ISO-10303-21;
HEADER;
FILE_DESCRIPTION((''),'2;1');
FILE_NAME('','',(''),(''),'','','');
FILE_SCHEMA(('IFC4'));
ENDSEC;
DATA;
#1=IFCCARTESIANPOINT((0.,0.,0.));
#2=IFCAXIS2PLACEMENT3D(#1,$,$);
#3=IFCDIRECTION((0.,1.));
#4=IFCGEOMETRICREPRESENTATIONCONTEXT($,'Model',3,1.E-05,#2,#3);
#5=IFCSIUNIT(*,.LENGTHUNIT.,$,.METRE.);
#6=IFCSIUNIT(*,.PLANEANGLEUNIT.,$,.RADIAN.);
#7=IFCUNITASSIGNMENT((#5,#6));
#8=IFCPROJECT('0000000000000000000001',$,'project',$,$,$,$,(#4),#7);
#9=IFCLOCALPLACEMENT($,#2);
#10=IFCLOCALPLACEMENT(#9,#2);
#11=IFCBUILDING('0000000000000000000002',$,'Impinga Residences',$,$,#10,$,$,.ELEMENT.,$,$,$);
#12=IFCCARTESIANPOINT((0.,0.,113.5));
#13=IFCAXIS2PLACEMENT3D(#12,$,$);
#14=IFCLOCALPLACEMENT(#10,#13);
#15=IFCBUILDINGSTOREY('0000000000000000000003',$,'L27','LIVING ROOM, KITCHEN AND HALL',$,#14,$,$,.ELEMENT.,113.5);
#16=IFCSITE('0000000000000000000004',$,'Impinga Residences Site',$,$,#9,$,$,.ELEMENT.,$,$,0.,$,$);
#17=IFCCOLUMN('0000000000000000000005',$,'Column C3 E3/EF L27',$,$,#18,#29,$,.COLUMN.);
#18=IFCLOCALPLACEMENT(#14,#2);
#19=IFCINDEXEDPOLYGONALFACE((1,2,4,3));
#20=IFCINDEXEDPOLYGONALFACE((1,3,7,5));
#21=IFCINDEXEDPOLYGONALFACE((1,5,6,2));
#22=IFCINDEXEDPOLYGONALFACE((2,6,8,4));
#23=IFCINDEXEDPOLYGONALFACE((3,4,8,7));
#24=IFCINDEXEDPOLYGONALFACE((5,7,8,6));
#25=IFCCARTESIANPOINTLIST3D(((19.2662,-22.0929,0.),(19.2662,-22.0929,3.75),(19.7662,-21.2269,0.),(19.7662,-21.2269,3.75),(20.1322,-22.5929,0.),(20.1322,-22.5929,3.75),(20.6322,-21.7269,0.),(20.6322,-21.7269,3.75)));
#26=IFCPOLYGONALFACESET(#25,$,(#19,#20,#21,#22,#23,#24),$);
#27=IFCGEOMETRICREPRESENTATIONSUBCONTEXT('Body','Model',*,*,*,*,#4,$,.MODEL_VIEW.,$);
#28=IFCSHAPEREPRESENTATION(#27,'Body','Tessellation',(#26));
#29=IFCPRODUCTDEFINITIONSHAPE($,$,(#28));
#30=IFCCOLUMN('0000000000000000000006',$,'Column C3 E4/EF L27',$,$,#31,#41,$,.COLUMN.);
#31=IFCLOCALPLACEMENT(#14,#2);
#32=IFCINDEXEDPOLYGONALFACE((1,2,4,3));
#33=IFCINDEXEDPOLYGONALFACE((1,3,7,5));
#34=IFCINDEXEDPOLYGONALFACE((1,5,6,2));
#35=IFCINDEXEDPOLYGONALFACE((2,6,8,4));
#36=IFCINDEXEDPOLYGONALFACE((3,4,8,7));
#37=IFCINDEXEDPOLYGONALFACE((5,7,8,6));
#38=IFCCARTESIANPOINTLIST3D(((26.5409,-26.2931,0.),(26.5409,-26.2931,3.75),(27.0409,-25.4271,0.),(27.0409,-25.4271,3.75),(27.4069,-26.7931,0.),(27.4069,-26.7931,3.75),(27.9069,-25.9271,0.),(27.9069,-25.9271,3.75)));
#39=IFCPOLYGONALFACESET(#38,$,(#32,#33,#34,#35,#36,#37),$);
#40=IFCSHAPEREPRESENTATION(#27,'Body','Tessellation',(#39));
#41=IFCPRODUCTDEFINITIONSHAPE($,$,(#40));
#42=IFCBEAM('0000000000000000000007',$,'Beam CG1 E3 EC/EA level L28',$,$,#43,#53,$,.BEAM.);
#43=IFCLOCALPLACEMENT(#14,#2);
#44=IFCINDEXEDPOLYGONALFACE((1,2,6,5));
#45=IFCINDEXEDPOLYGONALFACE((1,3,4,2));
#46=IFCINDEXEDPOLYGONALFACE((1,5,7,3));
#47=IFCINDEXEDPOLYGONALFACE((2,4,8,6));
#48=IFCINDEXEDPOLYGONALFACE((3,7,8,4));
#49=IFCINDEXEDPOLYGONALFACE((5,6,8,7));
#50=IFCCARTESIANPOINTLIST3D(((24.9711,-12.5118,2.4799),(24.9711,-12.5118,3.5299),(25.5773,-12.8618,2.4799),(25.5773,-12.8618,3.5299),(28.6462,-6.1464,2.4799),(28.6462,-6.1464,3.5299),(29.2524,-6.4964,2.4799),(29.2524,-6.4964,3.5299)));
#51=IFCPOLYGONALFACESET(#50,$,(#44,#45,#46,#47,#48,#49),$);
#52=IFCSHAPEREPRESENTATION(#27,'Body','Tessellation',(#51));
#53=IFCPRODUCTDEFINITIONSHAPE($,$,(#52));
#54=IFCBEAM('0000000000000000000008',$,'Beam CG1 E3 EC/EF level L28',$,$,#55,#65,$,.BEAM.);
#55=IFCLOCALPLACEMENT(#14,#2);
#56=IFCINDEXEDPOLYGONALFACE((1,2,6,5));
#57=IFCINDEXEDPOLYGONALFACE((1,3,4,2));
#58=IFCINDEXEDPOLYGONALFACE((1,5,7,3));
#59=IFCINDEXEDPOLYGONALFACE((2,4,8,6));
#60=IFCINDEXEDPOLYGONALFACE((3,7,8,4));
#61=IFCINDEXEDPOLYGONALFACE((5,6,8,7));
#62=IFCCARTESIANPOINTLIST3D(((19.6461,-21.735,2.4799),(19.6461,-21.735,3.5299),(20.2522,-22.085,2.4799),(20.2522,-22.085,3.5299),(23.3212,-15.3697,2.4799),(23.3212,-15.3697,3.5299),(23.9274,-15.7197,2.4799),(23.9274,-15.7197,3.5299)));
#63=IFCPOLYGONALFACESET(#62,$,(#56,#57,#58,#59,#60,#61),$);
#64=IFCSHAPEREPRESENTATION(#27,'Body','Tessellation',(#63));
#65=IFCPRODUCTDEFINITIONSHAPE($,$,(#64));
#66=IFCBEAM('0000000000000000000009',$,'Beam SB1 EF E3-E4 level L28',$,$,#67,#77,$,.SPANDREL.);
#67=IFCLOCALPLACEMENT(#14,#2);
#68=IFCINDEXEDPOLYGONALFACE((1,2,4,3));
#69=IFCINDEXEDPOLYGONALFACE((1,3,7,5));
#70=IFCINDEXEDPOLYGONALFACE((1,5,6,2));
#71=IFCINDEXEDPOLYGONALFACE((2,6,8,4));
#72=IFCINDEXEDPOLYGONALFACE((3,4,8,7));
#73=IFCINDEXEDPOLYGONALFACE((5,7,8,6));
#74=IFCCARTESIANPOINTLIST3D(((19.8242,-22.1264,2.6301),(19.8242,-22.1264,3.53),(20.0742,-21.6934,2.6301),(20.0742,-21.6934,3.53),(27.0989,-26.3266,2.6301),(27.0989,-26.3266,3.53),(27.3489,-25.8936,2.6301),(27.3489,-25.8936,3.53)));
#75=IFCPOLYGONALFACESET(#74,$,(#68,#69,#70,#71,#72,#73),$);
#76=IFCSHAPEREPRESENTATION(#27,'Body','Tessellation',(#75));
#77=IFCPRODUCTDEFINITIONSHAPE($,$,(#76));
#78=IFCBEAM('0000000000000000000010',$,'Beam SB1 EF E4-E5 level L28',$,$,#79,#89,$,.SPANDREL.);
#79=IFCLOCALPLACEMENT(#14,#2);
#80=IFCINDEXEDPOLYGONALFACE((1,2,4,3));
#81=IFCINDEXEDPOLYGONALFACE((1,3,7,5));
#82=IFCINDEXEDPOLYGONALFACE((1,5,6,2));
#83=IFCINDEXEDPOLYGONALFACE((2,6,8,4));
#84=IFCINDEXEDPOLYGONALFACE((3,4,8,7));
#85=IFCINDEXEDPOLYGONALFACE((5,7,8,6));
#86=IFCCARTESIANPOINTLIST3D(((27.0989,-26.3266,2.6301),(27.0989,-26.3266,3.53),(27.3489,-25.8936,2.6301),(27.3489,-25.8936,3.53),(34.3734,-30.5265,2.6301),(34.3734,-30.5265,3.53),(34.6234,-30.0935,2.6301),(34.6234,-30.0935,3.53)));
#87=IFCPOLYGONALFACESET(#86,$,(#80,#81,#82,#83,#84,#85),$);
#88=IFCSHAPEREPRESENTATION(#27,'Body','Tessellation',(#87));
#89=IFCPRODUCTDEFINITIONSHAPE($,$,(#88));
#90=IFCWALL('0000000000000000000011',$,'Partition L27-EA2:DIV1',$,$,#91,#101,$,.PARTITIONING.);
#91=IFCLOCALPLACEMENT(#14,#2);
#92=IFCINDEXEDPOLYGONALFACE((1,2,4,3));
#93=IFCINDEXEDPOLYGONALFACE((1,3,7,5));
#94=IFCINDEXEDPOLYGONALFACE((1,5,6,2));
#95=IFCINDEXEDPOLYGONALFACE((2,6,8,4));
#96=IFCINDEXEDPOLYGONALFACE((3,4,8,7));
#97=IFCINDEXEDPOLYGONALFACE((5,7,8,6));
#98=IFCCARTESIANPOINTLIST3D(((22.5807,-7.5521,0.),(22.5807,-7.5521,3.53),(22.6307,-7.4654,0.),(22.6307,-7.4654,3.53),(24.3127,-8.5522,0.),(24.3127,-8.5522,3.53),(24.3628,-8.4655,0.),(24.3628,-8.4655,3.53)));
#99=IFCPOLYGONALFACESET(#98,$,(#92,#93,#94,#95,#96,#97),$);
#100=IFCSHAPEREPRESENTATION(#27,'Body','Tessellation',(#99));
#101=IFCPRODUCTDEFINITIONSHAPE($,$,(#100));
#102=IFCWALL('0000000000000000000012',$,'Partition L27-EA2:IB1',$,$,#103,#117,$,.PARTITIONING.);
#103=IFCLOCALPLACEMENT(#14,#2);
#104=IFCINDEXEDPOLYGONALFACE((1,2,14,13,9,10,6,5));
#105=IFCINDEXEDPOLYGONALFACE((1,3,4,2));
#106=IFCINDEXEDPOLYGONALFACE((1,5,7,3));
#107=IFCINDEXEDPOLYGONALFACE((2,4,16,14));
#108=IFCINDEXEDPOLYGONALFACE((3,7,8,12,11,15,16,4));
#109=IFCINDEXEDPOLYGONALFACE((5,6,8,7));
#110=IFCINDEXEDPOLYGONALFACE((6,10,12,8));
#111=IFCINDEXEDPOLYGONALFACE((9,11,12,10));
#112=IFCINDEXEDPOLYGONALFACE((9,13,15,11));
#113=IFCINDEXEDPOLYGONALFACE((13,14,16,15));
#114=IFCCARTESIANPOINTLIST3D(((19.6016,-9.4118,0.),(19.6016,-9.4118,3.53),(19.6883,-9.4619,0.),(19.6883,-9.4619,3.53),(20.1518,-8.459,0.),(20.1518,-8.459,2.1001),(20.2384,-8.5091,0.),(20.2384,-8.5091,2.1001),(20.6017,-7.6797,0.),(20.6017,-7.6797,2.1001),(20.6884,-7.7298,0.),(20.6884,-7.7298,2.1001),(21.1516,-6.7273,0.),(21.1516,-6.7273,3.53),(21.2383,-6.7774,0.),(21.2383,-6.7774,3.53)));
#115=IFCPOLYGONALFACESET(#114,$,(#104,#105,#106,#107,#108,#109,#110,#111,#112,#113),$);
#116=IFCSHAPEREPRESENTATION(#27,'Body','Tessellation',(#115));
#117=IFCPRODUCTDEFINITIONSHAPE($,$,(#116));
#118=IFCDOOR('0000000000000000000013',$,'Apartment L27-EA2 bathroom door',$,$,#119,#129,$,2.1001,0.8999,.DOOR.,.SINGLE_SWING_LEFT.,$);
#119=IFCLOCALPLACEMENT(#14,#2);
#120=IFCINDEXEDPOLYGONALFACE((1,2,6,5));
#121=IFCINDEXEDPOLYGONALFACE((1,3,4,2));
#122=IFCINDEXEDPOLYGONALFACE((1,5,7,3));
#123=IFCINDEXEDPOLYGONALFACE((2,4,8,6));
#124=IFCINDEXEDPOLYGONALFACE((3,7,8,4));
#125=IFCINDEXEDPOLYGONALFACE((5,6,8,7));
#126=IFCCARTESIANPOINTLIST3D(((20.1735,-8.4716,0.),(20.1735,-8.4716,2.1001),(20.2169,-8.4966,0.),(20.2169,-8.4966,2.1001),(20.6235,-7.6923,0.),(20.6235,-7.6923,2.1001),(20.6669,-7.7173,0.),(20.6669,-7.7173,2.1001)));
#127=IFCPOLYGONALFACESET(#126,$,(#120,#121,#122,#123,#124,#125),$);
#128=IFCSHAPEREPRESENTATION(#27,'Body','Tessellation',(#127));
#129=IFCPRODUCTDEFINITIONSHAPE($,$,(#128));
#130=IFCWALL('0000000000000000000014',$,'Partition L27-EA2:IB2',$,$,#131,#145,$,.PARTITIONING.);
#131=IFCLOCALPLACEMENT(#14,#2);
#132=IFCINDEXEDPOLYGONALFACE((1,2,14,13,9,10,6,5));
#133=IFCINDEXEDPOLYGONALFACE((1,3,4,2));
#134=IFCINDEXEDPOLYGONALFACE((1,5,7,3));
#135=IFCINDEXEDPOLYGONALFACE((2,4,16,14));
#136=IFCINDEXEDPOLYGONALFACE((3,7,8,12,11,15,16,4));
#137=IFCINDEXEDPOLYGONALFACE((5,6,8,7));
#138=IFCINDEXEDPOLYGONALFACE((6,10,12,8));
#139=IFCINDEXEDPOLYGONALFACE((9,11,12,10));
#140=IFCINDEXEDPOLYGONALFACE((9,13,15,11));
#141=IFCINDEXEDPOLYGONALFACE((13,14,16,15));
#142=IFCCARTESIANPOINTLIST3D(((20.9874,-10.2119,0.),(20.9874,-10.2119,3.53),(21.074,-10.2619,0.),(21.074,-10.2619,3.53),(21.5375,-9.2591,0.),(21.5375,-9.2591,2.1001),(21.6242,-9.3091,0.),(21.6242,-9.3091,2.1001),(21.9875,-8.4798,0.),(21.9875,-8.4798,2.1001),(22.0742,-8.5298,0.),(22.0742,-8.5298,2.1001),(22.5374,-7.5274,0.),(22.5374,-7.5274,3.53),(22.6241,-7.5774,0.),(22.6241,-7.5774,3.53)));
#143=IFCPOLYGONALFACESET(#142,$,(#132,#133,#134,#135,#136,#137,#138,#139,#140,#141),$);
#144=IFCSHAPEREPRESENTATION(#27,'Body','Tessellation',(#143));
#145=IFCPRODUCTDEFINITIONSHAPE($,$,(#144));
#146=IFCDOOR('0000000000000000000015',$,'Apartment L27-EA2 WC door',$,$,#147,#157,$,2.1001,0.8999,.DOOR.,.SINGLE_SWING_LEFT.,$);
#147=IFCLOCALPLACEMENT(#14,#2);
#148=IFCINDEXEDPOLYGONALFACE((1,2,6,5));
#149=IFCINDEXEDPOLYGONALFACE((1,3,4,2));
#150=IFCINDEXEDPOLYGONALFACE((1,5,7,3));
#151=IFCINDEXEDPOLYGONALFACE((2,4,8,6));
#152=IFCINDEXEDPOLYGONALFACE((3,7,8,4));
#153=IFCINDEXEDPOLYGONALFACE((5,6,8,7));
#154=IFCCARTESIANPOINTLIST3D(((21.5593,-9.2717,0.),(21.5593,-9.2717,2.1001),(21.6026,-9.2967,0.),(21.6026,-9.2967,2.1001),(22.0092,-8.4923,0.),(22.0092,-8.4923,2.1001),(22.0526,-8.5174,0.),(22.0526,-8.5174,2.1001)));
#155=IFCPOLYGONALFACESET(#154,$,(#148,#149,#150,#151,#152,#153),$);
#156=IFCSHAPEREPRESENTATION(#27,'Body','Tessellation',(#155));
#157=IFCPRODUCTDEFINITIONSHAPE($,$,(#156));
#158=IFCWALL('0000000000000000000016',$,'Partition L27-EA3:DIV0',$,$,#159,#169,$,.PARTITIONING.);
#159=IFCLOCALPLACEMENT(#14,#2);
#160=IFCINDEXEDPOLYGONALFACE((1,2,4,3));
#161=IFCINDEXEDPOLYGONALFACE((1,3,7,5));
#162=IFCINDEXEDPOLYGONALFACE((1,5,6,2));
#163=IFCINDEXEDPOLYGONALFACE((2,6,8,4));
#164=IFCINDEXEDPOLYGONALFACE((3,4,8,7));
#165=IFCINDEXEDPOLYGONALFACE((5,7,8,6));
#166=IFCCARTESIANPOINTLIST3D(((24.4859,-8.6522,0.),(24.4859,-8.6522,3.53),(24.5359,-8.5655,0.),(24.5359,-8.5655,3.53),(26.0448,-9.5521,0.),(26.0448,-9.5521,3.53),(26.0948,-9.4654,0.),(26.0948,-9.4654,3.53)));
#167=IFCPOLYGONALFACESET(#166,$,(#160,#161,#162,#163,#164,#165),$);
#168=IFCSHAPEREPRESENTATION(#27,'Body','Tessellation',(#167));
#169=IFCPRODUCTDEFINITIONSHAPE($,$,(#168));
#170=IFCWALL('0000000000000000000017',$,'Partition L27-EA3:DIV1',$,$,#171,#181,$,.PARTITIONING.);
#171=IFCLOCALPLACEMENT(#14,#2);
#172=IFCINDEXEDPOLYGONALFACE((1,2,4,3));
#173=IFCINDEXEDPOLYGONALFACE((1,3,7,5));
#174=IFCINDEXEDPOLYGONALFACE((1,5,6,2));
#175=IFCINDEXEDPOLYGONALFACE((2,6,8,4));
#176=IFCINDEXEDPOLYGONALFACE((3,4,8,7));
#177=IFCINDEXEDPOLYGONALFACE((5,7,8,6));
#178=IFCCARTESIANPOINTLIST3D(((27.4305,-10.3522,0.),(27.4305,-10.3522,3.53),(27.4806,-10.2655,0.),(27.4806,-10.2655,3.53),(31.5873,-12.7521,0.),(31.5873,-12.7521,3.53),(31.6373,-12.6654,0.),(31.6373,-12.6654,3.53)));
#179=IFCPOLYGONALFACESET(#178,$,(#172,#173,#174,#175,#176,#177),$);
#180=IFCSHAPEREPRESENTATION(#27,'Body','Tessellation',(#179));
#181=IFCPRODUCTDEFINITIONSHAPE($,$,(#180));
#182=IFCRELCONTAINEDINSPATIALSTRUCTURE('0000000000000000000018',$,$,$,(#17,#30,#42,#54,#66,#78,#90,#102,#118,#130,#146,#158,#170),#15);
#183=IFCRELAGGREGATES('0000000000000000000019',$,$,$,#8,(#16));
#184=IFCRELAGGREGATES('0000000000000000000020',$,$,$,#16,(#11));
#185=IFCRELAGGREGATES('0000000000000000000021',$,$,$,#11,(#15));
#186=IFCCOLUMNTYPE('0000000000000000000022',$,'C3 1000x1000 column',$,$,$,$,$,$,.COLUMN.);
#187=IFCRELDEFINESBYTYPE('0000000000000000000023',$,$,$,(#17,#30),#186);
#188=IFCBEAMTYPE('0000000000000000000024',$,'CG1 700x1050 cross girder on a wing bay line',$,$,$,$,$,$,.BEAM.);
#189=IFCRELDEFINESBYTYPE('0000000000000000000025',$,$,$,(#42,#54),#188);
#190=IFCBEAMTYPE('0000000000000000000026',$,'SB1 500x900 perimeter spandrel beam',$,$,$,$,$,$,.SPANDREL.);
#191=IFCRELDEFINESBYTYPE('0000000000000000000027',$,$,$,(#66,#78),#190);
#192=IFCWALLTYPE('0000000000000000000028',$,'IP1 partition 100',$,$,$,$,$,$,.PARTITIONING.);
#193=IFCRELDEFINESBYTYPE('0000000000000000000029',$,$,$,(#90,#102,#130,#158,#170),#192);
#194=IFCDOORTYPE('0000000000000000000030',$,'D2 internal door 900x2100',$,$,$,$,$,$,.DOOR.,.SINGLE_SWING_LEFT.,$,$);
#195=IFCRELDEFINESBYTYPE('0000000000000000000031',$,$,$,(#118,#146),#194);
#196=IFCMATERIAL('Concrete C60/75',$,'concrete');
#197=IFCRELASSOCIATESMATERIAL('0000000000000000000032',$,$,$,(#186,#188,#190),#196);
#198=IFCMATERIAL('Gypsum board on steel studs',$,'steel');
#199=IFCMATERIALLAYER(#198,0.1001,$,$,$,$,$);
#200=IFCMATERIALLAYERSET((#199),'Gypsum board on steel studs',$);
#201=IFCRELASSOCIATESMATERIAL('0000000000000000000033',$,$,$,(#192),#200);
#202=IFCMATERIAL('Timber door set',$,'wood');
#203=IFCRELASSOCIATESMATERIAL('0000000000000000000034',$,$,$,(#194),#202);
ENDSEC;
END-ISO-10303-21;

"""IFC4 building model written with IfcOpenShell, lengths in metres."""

from ifc_helpers import new_model, si_unit, direction, frame, frame_2d, origin, origin_2d, place, context, subcontext, project, spatial, rectangle, extrude, material, layer, layer_set, material_profile, profile_set, type_object, element, fill, save


model = new_model("IFC4")

# Units and contexts
model_context = context("Model", 3, precision=1e-05, world=origin(), true_north=direction((0.0, 1.0)))
body_context = subcontext(model_context, "Body", "Model", "MODEL_VIEW")
ifc_project = project(units=[si_unit("LENGTHUNIT", "METRE"), si_unit("PLANEANGLEUNIT", "RADIAN")], contexts=[model_context])

# Site, building, storey
site_placement = place(None, origin())
site = spatial("IfcSite", under=ifc_project, at=site_placement, Name="Impinga Residences Site", CompositionType="ELEMENT", RefElevation=0.0)
building_placement = place(site_placement, origin())
building = spatial("IfcBuilding", under=site, at=building_placement, Name="Impinga Residences", CompositionType="ELEMENT")
storey_placement = place(building_placement, frame((0.0, 0.0, 113.5)))
storey = spatial("IfcBuildingStorey", under=building, at=storey_placement, Name="L27", Description="LIVING ROOM, KITCHEN AND HALL", CompositionType="ELEMENT", Elevation=113.5)

# Columns
ifc_material_1 = material(Name="Concrete C60/75", Category="concrete")
ifc_material_profile_1 = material_profile(ifc_material_1, rectangle(XDim=1.0, YDim=1.0, at=origin_2d()), Name="RC 1000x1000")
ifc_profile_set_1 = profile_set([ifc_material_profile_1], Name="Concrete C60/75")
column_type = type_object("IfcColumnType", Name="C3 1000x1000 column", PredefinedType="COLUMN", material=ifc_profile_set_1)
for number, where, z_axis, x_axis, name in (
    (1, (19.9492, -21.9099, 0.0), (0.0, 0.0, 1.0), (-0.5, -0.866025, 0.0), "Column C3 E3/EF L27"),
    (2, (27.2239, -26.1101, 0.0), (0.0, 0.0, 1.0), (-0.5, -0.866025, 0.0), "Column C3 E4/EF L27"),
):
    element("IfcColumn", number, at=place(storey_placement, frame(where, z_axis=z_axis, x_axis=x_axis)), inside=storey, type_object=column_type, Name=name, PredefinedType="COLUMN", context=body_context, shape_type="SweptSolid", body=[
        extrude(rectangle(XDim=1.0, YDim=1.0, at=origin_2d()), origin(), (0.0, 0.0, 1.0), 3.75),
    ])

# Beams
ifc_material_profile_2 = material_profile(ifc_material_1, rectangle(XDim=0.7, YDim=1.05, at=origin_2d()), Name="RC 700x1050")
ifc_profile_set_2 = profile_set([ifc_material_profile_2], Name="Concrete C60/75")
beam_type_1 = type_object("IfcBeamType", Name="CG1 700x1050 cross girder on a wing bay line", PredefinedType="BEAM", material=ifc_profile_set_2)
for number, where, z_axis, x_axis, name in (
    (3, (25.2742, -12.6868, 3.0049), (0.500008, 0.866021, 0.0), (-0.866021, 0.500008, 0.0), "Beam CG1 E3 EC/EA level L28"),
    (4, (23.6243, -15.5447, 3.0049), (-0.500008, -0.866021, 0.0), (0.866021, -0.500008, 0.0), "Beam CG1 E3 EC/EF level L28"),
):
    element("IfcBeam", number, at=place(storey_placement, frame(where, z_axis=z_axis, x_axis=x_axis)), inside=storey, type_object=beam_type_1, Name=name, PredefinedType="BEAM", context=body_context, shape_type="SweptSolid", body=[
        extrude(rectangle(XDim=0.7, YDim=1.05, at=origin_2d()), origin(), (0.0, 0.0, 1.0), 7.3501),
    ])
ifc_material_profile_3 = material_profile(ifc_material_1, rectangle(XDim=0.5, YDim=0.8999, at=origin_2d()), Name="RC 500x900")
ifc_profile_set_3 = profile_set([ifc_material_profile_3], Name="Concrete C60/75")
beam_type_2 = type_object("IfcBeamType", Name="SB1 500x900 perimeter spandrel beam", PredefinedType="SPANDREL", material=ifc_profile_set_3)
beam_1_placement = place(storey_placement, frame((19.9492, -21.9099, 3.0801), z_axis=(0.866017, -0.500015, 0.0), x_axis=(0.500015, 0.866017, 0.0)))
element("IfcBeam", 5, at=beam_1_placement, inside=storey, type_object=beam_type_2, Name="Beam SB1 EF E3-E4 level L28", PredefinedType="SPANDREL", context=body_context, shape_type="SweptSolid", body=[
    extrude(rectangle(XDim=0.5, YDim=0.8999, at=origin_2d()), origin(), (0.0, 0.0, 1.0), 8.4001),
])
beam_2_placement = place(storey_placement, frame((27.2239, -26.1101, 3.0801), z_axis=(0.866029, -0.499993, 0.0), x_axis=(0.499993, 0.866029, 0.0)))
element("IfcBeam", 6, at=beam_2_placement, inside=storey, type_object=beam_type_2, Name="Beam SB1 EF E4-E5 level L28", PredefinedType="SPANDREL", context=body_context, shape_type="SweptSolid", body=[
    extrude(rectangle(XDim=0.5, YDim=0.8999, at=origin_2d()), origin(), (0.0, 0.0, 1.0), 8.3999),
])

# Wall
ifc_material_2 = material(Name="Gypsum board on steel studs", Category="steel")
ifc_layer_1 = layer(ifc_material_2, 0.1001)
ifc_layer_set_1 = layer_set([ifc_layer_1], Name="Gypsum board on steel studs")
wall_type_1 = type_object("IfcWallType", Name="IP1 partition 100", PredefinedType="PARTITIONING", material=ifc_layer_set_1)
wall_1_placement = place(storey_placement, frame((22.6057, -7.5088, 0.0), z_axis=(0.0, 0.0, 1.0), x_axis=(0.866011, -0.500025, 0.0)))
element("IfcWall", 7, at=wall_1_placement, inside=storey, type_object=wall_type_1, Name="Partition L27-EA2:DIV1", PredefinedType="PARTITIONING", context=body_context, shape_type="SweptSolid", body=[
    extrude(rectangle(XDim=2.0, YDim=0.1001, at=frame_2d((1.0, 0.0))), origin(), (0.0, 0.0, 1.0), 3.53),
])

# Walls, openings, doors
wall_2_placement = place(storey_placement, frame((19.645, -9.4368, 0.0), z_axis=(0.0, 0.0, 1.0), x_axis=(0.500027, 0.86601, 0.0)))
wall_2 = element("IfcWall", 8, at=wall_2_placement, inside=storey, type_object=wall_type_1, Name="Partition L27-EA2:IB1", PredefinedType="PARTITIONING", context=body_context, shape_type="SweptSolid", body=[
    extrude(rectangle(XDim=3.0999, YDim=0.1001, at=frame_2d((1.5498, 0.0))), origin(), (0.0, 0.0, 1.0), 3.53),
])
opening_1_placement = place(wall_2_placement, frame((1.1001, 0.0, 0.0)))
opening_1 = element("IfcOpeningElement", 9, at=opening_1_placement, cuts=wall_2, PredefinedType="OPENING", context=body_context, shape_type="SweptSolid", body=[
    extrude(rectangle(XDim=0.8999, YDim=2.1001, at=frame_2d((0.45, 1.05))), frame((0.0, 0.0601, 0.0), z_axis=(0.0, -1.0, 0.0), x_axis=(1.0, 0.0, 0.0)), (0.0, 0.0, 1.0), 0.1201),
])
ifc_material_3 = material(Name="Timber door set", Category="wood")
door_type = type_object("IfcDoorType", Name="D2 internal door 900x2100", OperationType="SINGLE_SWING_LEFT", PredefinedType="DOOR", material=ifc_material_3)
door_1_placement = place(opening_1_placement, origin())
door_1 = element("IfcDoor", 10, at=door_1_placement, inside=storey, type_object=door_type, Name="Apartment L27-EA2 bathroom door", OperationType="SINGLE_SWING_LEFT", OverallHeight=2.1001, OverallWidth=0.8999, PredefinedType="DOOR", context=body_context, shape_type="SweptSolid", body=[
    extrude(rectangle(XDim=0.8999, YDim=2.1001, at=frame_2d((0.45, 1.05))), frame((0.0, 0.0249, 0.0), z_axis=(0.0, -1.0, 0.0), x_axis=(1.0, 0.0, 0.0)), (0.0, 0.0, 1.0), 0.05),
])
fill(opening_1, door_1)
wall_3_placement = place(storey_placement, frame((21.0308, -10.2368, 0.0), z_axis=(0.0, 0.0, 1.0), x_axis=(0.500027, 0.86601, 0.0)))
wall_3 = element("IfcWall", 11, at=wall_3_placement, inside=storey, type_object=wall_type_1, Name="Partition L27-EA2:IB2", PredefinedType="PARTITIONING", context=body_context, shape_type="SweptSolid", body=[
    extrude(rectangle(XDim=3.0999, YDim=0.1001, at=frame_2d((1.5498, 0.0))), origin(), (0.0, 0.0, 1.0), 3.53),
])
opening_2_placement = place(wall_3_placement, frame((1.1001, 0.0, 0.0)))
opening_2 = element("IfcOpeningElement", 12, at=opening_2_placement, cuts=wall_3, PredefinedType="OPENING", context=body_context, shape_type="SweptSolid", body=[
    extrude(rectangle(XDim=0.8999, YDim=2.1001, at=frame_2d((0.45, 1.05))), frame((0.0, 0.0601, 0.0), z_axis=(0.0, -1.0, 0.0), x_axis=(1.0, 0.0, 0.0)), (0.0, 0.0, 1.0), 0.1201),
])
door_2_placement = place(opening_2_placement, origin())
door_2 = element("IfcDoor", 13, at=door_2_placement, inside=storey, type_object=door_type, Name="Apartment L27-EA2 WC door", OperationType="SINGLE_SWING_LEFT", OverallHeight=2.1001, OverallWidth=0.8999, PredefinedType="DOOR", context=body_context, shape_type="SweptSolid", body=[
    extrude(rectangle(XDim=0.8999, YDim=2.1001, at=frame_2d((0.45, 1.05))), frame((0.0, 0.0249, 0.0), z_axis=(0.0, -1.0, 0.0), x_axis=(1.0, 0.0, 0.0)), (0.0, 0.0, 1.0), 0.05),
])
fill(opening_2, door_2)

# Walls
wall_4_placement = place(storey_placement, frame((24.511, -8.6089, 0.0), z_axis=(0.0, 0.0, 1.0), x_axis=(0.866048, -0.499961, 0.0)))
element("IfcWall", 14, at=wall_4_placement, inside=storey, type_object=wall_type_1, Name="Partition L27-EA3:DIV0", PredefinedType="PARTITIONING", context=body_context, shape_type="SweptSolid", body=[
    extrude(rectangle(XDim=1.8, YDim=0.1001, at=frame_2d((0.8999, 0.0))), origin(), (0.0, 0.0, 1.0), 3.53),
])
wall_5_placement = place(storey_placement, frame((27.4556, -10.3088, 0.0), z_axis=(0.0, 0.0, 1.0), x_axis=(0.866025, -0.500001, 0.0)))
element("IfcWall", 15, at=wall_5_placement, inside=storey, type_object=wall_type_1, Name="Partition L27-EA3:DIV1", PredefinedType="PARTITIONING", context=body_context, shape_type="SweptSolid", body=[
    extrude(rectangle(XDim=4.7998, YDim=0.1001, at=frame_2d((2.3999, 0.0))), origin(), (0.0, 0.0, 1.0), 3.53),
])

save(model, "model.ifc")
